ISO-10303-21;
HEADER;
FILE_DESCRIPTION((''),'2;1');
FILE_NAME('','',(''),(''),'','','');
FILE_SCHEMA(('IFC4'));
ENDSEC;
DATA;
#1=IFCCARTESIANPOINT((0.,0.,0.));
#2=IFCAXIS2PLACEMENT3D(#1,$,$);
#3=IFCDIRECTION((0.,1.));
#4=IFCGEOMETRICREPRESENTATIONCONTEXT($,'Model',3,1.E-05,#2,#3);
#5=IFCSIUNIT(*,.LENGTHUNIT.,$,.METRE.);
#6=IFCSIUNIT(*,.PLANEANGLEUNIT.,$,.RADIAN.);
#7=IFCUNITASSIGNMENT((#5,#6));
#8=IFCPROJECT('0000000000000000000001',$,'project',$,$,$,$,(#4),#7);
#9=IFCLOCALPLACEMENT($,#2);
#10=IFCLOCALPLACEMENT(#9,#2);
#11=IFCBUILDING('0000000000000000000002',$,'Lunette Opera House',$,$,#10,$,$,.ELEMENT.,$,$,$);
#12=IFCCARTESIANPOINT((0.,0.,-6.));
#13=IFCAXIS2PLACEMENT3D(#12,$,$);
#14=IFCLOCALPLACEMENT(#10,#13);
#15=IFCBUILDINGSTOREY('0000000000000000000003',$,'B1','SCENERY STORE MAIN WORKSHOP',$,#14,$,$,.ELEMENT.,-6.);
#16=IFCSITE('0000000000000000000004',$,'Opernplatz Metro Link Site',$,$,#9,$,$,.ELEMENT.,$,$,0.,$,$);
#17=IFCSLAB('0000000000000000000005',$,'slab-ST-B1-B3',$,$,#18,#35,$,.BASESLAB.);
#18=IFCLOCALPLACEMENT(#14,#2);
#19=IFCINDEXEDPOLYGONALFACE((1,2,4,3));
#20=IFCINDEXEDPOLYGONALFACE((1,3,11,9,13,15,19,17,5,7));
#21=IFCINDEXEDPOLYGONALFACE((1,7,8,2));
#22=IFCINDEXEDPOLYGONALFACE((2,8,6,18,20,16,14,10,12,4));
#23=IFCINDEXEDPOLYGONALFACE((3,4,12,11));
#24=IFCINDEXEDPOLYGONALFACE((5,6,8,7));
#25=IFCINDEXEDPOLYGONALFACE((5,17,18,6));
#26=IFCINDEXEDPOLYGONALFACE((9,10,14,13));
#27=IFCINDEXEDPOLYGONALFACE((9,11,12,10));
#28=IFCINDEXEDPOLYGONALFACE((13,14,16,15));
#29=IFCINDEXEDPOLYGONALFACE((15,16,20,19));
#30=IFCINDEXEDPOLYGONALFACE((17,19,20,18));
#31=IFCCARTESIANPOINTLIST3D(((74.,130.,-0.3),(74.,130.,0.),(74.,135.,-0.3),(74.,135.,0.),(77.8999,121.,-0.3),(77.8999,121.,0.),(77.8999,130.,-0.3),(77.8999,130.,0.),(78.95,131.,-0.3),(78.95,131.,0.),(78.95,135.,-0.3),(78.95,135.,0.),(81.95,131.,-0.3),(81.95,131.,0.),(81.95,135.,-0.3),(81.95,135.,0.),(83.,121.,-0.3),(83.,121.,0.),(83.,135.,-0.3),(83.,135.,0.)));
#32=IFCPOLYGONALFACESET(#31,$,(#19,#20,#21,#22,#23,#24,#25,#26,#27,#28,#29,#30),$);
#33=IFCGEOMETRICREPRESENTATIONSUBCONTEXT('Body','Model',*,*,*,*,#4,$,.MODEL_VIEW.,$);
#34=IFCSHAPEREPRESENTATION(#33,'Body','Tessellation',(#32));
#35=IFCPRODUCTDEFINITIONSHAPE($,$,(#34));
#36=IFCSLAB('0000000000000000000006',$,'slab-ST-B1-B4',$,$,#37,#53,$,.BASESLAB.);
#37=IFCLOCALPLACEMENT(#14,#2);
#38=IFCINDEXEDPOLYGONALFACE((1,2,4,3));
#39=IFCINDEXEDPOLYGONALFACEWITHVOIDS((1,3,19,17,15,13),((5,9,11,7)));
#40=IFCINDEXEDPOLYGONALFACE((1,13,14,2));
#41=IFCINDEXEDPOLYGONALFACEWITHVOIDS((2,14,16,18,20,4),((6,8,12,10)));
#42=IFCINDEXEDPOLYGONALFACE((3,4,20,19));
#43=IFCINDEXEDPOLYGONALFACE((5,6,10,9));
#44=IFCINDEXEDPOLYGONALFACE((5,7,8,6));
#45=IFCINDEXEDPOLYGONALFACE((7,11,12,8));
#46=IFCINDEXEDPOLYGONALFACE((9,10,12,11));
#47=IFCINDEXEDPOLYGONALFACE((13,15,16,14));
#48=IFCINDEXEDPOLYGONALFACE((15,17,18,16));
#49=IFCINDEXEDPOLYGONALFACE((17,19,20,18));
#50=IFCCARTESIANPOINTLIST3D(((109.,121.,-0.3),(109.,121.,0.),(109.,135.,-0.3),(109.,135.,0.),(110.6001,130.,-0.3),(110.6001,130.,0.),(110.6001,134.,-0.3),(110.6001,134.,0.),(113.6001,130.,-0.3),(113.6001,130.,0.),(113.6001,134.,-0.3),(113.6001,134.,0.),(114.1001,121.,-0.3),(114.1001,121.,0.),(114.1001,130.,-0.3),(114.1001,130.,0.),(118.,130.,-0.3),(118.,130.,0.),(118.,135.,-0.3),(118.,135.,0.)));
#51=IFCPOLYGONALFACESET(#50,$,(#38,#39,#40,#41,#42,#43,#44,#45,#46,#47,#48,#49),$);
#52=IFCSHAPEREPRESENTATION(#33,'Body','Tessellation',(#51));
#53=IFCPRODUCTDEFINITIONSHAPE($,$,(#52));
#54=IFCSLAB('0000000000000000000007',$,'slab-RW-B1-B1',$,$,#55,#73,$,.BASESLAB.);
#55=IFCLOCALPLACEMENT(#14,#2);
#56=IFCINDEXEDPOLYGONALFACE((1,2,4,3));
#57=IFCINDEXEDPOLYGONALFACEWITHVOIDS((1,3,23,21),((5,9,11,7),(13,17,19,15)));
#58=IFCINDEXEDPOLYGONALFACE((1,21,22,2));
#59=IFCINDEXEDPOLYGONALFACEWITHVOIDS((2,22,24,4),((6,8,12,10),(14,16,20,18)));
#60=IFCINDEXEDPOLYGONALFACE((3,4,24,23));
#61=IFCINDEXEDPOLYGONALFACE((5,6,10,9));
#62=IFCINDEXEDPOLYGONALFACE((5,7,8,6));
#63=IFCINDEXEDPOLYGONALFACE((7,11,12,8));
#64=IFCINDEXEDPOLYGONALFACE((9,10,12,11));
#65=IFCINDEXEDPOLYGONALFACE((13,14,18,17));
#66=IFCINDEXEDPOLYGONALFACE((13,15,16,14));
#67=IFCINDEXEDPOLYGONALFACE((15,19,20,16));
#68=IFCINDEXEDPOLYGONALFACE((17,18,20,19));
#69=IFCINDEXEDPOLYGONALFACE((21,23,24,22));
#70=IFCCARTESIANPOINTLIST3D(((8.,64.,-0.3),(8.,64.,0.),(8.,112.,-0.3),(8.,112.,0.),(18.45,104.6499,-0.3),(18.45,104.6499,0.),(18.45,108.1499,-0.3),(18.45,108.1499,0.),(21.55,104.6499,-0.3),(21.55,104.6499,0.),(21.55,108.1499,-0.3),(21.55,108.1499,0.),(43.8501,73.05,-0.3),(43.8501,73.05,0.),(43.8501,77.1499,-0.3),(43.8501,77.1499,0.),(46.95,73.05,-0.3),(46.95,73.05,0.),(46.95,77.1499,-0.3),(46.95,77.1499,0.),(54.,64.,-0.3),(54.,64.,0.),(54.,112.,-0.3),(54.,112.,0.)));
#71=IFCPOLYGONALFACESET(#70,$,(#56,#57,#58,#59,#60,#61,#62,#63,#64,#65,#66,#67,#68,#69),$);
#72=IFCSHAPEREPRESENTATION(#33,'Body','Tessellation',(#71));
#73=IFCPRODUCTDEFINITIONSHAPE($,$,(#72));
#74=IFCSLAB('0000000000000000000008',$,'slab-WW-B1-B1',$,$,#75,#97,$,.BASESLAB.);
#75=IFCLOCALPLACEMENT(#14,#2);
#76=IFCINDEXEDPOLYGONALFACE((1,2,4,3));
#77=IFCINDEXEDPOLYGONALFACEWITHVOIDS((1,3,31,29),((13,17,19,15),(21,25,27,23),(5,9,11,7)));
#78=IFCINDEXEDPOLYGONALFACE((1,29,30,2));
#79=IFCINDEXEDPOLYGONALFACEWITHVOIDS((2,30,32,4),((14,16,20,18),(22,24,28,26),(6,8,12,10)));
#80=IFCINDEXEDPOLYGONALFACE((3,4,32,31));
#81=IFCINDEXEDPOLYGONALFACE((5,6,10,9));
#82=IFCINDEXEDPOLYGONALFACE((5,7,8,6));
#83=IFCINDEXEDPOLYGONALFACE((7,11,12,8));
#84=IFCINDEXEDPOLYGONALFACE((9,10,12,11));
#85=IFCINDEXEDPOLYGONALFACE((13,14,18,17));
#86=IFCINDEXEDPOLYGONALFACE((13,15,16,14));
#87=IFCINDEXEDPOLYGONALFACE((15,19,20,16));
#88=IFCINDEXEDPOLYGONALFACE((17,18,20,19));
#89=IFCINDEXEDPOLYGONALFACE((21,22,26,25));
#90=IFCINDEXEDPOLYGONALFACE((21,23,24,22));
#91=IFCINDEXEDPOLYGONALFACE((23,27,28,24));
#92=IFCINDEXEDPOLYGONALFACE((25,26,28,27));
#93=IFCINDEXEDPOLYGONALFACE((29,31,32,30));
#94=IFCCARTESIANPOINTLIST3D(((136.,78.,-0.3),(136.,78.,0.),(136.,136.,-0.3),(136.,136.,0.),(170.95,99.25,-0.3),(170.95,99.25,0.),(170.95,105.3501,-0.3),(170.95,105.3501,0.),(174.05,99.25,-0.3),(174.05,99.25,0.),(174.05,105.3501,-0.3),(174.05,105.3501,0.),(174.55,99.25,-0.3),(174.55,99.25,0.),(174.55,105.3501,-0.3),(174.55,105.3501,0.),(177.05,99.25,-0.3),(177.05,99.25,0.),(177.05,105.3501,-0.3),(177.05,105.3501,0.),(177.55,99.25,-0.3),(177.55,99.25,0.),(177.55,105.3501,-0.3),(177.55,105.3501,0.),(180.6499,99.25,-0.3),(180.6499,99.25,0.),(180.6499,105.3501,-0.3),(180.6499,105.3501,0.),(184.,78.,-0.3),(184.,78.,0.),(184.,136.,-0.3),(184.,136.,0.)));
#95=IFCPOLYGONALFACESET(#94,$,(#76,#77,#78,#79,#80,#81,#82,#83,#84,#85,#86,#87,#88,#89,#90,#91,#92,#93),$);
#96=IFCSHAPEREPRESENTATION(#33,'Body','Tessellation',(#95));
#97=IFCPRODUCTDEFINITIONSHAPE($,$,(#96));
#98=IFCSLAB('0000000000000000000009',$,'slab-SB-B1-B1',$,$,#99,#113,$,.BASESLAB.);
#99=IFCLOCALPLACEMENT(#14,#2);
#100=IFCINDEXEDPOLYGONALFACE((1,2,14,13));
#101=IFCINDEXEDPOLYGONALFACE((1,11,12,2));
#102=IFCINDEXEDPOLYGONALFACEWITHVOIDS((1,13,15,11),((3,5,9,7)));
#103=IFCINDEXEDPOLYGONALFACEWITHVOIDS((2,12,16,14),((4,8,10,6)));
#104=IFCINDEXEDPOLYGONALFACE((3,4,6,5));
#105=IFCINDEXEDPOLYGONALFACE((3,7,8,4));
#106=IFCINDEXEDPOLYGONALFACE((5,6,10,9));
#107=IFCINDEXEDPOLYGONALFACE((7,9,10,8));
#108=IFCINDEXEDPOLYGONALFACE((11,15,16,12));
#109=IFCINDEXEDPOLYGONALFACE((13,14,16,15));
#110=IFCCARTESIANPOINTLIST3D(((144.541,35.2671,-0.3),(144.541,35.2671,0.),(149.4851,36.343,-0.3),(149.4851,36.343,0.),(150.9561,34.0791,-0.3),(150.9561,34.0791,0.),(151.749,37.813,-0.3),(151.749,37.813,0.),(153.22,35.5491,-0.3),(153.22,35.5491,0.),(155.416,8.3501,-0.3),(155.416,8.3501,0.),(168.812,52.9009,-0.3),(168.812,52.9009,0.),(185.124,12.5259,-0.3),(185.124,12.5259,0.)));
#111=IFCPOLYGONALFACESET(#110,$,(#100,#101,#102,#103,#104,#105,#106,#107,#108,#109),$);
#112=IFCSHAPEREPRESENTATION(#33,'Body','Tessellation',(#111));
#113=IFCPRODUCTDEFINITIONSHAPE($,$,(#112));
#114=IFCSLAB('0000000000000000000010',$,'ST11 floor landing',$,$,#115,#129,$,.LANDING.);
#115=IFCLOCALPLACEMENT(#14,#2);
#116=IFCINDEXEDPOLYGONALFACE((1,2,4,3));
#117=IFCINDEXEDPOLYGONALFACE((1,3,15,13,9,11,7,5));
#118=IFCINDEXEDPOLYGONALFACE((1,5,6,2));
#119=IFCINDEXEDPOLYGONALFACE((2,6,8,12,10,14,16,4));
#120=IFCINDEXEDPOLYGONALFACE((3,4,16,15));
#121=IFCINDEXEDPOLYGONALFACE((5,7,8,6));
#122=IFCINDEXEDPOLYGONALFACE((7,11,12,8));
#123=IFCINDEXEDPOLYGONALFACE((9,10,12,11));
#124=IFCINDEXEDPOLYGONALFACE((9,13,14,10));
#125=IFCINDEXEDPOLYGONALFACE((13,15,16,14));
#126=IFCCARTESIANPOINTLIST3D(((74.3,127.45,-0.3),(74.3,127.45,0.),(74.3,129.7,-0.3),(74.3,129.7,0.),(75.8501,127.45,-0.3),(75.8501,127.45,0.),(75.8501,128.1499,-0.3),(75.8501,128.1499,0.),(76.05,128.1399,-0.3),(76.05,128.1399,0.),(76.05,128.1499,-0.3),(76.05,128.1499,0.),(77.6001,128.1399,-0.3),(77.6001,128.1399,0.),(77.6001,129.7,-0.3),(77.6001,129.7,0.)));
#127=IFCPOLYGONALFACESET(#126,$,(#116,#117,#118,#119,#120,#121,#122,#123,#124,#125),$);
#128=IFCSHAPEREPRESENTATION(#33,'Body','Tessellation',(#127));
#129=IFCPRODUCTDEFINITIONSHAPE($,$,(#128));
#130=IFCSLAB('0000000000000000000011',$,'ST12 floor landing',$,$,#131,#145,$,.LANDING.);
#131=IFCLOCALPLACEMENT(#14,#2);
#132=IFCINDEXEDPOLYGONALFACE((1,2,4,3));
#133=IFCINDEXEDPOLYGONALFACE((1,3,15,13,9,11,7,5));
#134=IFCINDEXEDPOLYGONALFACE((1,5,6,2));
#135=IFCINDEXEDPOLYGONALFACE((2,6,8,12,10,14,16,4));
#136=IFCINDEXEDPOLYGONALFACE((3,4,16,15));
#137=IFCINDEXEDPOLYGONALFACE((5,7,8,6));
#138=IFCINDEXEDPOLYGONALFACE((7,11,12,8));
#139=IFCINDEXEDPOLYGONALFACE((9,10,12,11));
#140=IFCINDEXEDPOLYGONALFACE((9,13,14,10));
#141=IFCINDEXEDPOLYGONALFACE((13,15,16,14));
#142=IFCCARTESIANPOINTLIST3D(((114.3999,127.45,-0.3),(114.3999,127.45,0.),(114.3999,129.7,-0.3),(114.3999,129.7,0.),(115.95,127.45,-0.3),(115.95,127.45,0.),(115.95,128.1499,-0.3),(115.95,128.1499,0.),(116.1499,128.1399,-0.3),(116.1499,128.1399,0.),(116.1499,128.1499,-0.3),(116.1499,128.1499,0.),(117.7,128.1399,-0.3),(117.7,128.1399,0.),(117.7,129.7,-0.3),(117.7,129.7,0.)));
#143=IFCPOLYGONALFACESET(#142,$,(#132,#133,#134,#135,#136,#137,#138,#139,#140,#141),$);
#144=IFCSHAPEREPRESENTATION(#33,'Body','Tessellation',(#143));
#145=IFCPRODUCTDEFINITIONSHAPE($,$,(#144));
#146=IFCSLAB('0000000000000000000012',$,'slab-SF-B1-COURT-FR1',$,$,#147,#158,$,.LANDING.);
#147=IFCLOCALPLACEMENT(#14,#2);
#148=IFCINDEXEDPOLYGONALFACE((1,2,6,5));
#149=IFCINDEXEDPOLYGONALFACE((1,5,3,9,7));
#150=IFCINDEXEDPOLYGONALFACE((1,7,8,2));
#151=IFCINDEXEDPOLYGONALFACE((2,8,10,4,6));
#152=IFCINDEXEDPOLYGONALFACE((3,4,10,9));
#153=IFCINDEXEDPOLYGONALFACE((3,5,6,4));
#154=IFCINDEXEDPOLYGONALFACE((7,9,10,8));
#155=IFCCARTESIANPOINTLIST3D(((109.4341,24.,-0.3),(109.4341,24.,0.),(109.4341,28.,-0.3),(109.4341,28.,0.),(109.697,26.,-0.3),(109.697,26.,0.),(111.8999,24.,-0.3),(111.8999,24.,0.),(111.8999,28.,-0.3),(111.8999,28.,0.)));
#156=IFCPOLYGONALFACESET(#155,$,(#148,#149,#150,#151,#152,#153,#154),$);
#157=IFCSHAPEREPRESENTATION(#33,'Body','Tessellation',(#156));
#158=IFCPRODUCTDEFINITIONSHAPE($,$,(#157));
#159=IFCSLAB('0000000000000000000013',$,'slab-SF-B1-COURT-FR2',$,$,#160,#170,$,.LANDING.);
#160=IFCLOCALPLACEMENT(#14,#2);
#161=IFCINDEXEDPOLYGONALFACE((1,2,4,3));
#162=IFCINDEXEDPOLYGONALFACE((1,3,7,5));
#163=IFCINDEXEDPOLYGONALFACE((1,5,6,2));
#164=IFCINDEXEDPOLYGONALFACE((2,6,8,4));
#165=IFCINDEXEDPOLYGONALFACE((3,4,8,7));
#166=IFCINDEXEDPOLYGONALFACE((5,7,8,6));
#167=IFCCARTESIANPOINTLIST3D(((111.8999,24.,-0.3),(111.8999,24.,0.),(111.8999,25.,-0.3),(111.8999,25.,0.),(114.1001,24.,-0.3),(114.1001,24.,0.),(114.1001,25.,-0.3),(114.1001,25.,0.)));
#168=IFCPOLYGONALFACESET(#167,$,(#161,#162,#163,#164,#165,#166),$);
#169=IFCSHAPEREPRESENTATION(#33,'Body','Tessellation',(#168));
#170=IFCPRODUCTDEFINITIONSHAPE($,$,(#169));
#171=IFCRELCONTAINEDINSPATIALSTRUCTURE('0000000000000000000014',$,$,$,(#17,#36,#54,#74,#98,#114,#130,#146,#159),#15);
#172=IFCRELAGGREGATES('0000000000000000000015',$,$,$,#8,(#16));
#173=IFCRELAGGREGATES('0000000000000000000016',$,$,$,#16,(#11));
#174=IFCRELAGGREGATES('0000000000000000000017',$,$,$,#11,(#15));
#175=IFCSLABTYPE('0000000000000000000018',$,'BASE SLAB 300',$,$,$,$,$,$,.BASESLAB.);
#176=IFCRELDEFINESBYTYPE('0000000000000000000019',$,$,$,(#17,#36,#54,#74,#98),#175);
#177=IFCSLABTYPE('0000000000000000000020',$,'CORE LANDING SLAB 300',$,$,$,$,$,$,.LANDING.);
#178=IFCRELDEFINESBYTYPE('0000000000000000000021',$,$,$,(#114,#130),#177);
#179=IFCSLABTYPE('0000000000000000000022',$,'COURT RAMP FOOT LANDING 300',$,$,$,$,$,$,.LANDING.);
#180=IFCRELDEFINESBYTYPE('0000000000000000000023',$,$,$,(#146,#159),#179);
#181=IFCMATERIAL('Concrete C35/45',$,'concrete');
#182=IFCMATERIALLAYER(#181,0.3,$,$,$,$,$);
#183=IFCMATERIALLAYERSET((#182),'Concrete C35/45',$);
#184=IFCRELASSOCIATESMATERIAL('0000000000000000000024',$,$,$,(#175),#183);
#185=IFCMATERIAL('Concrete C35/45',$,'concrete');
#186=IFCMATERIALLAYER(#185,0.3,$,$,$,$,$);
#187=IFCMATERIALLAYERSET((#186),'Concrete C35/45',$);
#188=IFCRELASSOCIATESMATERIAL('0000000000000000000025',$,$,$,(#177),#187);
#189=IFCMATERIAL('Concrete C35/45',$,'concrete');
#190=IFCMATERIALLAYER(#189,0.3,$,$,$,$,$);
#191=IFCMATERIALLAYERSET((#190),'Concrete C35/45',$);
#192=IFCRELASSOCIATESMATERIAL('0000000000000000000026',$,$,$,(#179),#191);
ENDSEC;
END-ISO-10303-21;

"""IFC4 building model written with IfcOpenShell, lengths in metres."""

from ifc_helpers import new_model, si_unit, direction, frame, origin, place, context, subcontext, project, spatial, polyline, outline, extrude, material, layer, layer_set, type_object, element, save


model = new_model("IFC4")

# Units and contexts
model_context = context("Model", 3, precision=1e-05, world=origin(), true_north=direction((0.0, 1.0)))
body_context = subcontext(model_context, "Body", "Model", "MODEL_VIEW")
ifc_project = project(units=[si_unit("LENGTHUNIT", "METRE"), si_unit("PLANEANGLEUNIT", "RADIAN")], contexts=[model_context])

# Site, building, storey
site_placement = place(None, origin())
site = spatial("IfcSite", under=ifc_project, at=site_placement, Name="Opernplatz Metro Link Site", CompositionType="ELEMENT", RefElevation=0.0)
building_placement = place(site_placement, origin())
building = spatial("IfcBuilding", under=site, at=building_placement, Name="Lunette Opera House", CompositionType="ELEMENT")
storey_placement = place(building_placement, frame((0.0, 0.0, -6.0)))
storey = spatial("IfcBuildingStorey", under=building, at=storey_placement, Name="B1", Description="SCENERY STORE MAIN WORKSHOP", CompositionType="ELEMENT", Elevation=-6.0)

# Slabs
ifc_material_1 = material(Name="Concrete C35/45", Category="concrete")
ifc_layer_1 = layer(ifc_material_1, 0.3)
ifc_layer_set_1 = layer_set([ifc_layer_1], Name="Concrete C35/45")
slab_type_1 = type_object("IfcSlabType", Name="BASE SLAB 300", PredefinedType="BASESLAB", material=ifc_layer_set_1)
slab_1_placement = place(storey_placement, frame((0.0, 0.0, -0.3)))
element("IfcSlab", 1, at=slab_1_placement, inside=storey, type_object=slab_type_1, Name="slab-ST-B1-B3", PredefinedType="BASESLAB", context=body_context, shape_type="SweptSolid", body=[
    extrude(outline(polyline([(83.0, 121.0), (83.0, 135.0), (81.95, 135.0), (81.95, 131.0), (78.95, 131.0), (78.95, 135.0), (74.0, 135.0), (74.0, 130.0), (77.8999, 130.0), (77.8999, 121.0), (83.0, 121.0)])), origin(), (0.0, 0.0, 1.0), 0.3),
])
slab_2_placement = place(storey_placement, frame((0.0, 0.0, -0.3)))
element("IfcSlab", 2, at=slab_2_placement, inside=storey, type_object=slab_type_1, Name="slab-ST-B1-B4", PredefinedType="BASESLAB", context=body_context, shape_type="SweptSolid", body=[
    extrude(outline(polyline([(118.0, 130.0), (118.0, 135.0), (109.0, 135.0), (109.0, 121.0), (114.1001, 121.0), (114.1001, 130.0), (118.0, 130.0)]), holes=[polyline([(113.6001, 130.0), (110.6001, 130.0), (110.6001, 134.0), (113.6001, 134.0), (113.6001, 130.0)])]), origin(), (0.0, 0.0, 1.0), 0.3),
])
slab_3_placement = place(storey_placement, frame((0.0, 0.0, -0.3)))
element("IfcSlab", 3, at=slab_3_placement, inside=storey, type_object=slab_type_1, Name="slab-RW-B1-B1", PredefinedType="BASESLAB", context=body_context, shape_type="SweptSolid", body=[
    extrude(outline(polyline([(8.0, 64.0), (54.0, 64.0), (54.0, 112.0), (8.0, 112.0), (8.0, 64.0)]), holes=[polyline([(46.95, 73.05), (43.8501, 73.05), (43.8501, 77.1499), (46.95, 77.1499), (46.95, 73.05)]), polyline([(21.55, 104.6499), (18.45, 104.6499), (18.45, 108.1499), (21.55, 108.1499), (21.55, 104.6499)])]), origin(), (0.0, 0.0, 1.0), 0.3),
])
slab_4_placement = place(storey_placement, frame((0.0, 0.0, -0.3)))
element("IfcSlab", 4, at=slab_4_placement, inside=storey, type_object=slab_type_1, Name="slab-WW-B1-B1", PredefinedType="BASESLAB", context=body_context, shape_type="SweptSolid", body=[
    extrude(outline(polyline([(136.0, 78.0), (184.0, 78.0), (184.0, 136.0), (136.0, 136.0), (136.0, 78.0)]), holes=[polyline([(174.05, 99.25), (170.95, 99.25), (170.95, 105.3501), (174.05, 105.3501), (174.05, 99.25)]), polyline([(174.55, 99.25), (174.55, 105.3501), (177.05, 105.3501), (177.05, 99.25), (174.55, 99.25)]), polyline([(177.55, 99.25), (177.55, 105.3501), (180.6499, 105.3501), (180.6499, 99.25), (177.55, 99.25)])]), origin(), (0.0, 0.0, 1.0), 0.3),
])
slab_5_placement = place(storey_placement, frame((0.0, 0.0, -0.3)))
element("IfcSlab", 5, at=slab_5_placement, inside=storey, type_object=slab_type_1, Name="slab-SB-B1-B1", PredefinedType="BASESLAB", context=body_context, shape_type="SweptSolid", body=[
    extrude(outline(polyline([(185.124, 12.5259), (168.812, 52.9009), (144.541, 35.2671), (155.416, 8.3501), (185.124, 12.5259)]), holes=[polyline([(150.9561, 34.0791), (149.4851, 36.343), (151.749, 37.813), (153.22, 35.5491), (150.9561, 34.0791)])]), origin(), (0.0, 0.0, 1.0), 0.3),
])
ifc_material_2 = material(Name="Concrete C35/45", Category="concrete")
ifc_layer_2 = layer(ifc_material_2, 0.3)
ifc_layer_set_2 = layer_set([ifc_layer_2], Name="Concrete C35/45")
slab_type_2 = type_object("IfcSlabType", Name="CORE LANDING SLAB 300", PredefinedType="LANDING", material=ifc_layer_set_2)
slab_6_placement = place(storey_placement, frame((0.0, 0.0, -0.3)))
element("IfcSlab", 6, at=slab_6_placement, inside=storey, type_object=slab_type_2, Name="ST11 floor landing", PredefinedType="LANDING", context=body_context, shape_type="SweptSolid", body=[
    extrude(outline(polyline([(77.6001, 129.7), (77.6001, 128.1399), (76.05, 128.1399), (76.05, 128.1499), (75.8501, 128.1499), (75.8501, 127.45), (74.3, 127.45), (74.3, 129.7), (77.6001, 129.7)])), origin(), (0.0, 0.0, 1.0), 0.3),
])
slab_7_placement = place(storey_placement, frame((0.0, 0.0, -0.3)))
element("IfcSlab", 7, at=slab_7_placement, inside=storey, type_object=slab_type_2, Name="ST12 floor landing", PredefinedType="LANDING", context=body_context, shape_type="SweptSolid", body=[
    extrude(outline(polyline([(117.7, 128.1399), (116.1499, 128.1399), (116.1499, 128.1499), (115.95, 128.1499), (115.95, 127.45), (114.3999, 127.45), (114.3999, 129.7), (117.7, 129.7), (117.7, 128.1399)])), origin(), (0.0, 0.0, 1.0), 0.3),
])
ifc_material_3 = material(Name="Concrete C35/45", Category="concrete")
ifc_layer_3 = layer(ifc_material_3, 0.3)
ifc_layer_set_3 = layer_set([ifc_layer_3], Name="Concrete C35/45")
slab_type_3 = type_object("IfcSlabType", Name="COURT RAMP FOOT LANDING 300", PredefinedType="LANDING", material=ifc_layer_set_3)
slab_8_placement = place(storey_placement, frame((0.0, 0.0, -0.3)))
element("IfcSlab", 8, at=slab_8_placement, inside=storey, type_object=slab_type_3, Name="slab-SF-B1-COURT-FR1", PredefinedType="LANDING", context=body_context, shape_type="SweptSolid", body=[
    extrude(outline(polyline([(111.8999, 28.0), (109.4341, 28.0), (109.697, 26.0), (109.4341, 24.0), (111.8999, 24.0), (111.8999, 28.0)])), origin(), (0.0, 0.0, 1.0), 0.3),
])
slab_9_placement = place(storey_placement, frame((0.0, 0.0, -0.3)))
element("IfcSlab", 9, at=slab_9_placement, inside=storey, type_object=slab_type_3, Name="slab-SF-B1-COURT-FR2", PredefinedType="LANDING", context=body_context, shape_type="SweptSolid", body=[
    extrude(outline(polyline([(114.1001, 24.0), (114.1001, 25.0), (111.8999, 25.0), (111.8999, 24.0), (114.1001, 24.0)])), origin(), (0.0, 0.0, 1.0), 0.3),
])

save(model, "model.ifc")
